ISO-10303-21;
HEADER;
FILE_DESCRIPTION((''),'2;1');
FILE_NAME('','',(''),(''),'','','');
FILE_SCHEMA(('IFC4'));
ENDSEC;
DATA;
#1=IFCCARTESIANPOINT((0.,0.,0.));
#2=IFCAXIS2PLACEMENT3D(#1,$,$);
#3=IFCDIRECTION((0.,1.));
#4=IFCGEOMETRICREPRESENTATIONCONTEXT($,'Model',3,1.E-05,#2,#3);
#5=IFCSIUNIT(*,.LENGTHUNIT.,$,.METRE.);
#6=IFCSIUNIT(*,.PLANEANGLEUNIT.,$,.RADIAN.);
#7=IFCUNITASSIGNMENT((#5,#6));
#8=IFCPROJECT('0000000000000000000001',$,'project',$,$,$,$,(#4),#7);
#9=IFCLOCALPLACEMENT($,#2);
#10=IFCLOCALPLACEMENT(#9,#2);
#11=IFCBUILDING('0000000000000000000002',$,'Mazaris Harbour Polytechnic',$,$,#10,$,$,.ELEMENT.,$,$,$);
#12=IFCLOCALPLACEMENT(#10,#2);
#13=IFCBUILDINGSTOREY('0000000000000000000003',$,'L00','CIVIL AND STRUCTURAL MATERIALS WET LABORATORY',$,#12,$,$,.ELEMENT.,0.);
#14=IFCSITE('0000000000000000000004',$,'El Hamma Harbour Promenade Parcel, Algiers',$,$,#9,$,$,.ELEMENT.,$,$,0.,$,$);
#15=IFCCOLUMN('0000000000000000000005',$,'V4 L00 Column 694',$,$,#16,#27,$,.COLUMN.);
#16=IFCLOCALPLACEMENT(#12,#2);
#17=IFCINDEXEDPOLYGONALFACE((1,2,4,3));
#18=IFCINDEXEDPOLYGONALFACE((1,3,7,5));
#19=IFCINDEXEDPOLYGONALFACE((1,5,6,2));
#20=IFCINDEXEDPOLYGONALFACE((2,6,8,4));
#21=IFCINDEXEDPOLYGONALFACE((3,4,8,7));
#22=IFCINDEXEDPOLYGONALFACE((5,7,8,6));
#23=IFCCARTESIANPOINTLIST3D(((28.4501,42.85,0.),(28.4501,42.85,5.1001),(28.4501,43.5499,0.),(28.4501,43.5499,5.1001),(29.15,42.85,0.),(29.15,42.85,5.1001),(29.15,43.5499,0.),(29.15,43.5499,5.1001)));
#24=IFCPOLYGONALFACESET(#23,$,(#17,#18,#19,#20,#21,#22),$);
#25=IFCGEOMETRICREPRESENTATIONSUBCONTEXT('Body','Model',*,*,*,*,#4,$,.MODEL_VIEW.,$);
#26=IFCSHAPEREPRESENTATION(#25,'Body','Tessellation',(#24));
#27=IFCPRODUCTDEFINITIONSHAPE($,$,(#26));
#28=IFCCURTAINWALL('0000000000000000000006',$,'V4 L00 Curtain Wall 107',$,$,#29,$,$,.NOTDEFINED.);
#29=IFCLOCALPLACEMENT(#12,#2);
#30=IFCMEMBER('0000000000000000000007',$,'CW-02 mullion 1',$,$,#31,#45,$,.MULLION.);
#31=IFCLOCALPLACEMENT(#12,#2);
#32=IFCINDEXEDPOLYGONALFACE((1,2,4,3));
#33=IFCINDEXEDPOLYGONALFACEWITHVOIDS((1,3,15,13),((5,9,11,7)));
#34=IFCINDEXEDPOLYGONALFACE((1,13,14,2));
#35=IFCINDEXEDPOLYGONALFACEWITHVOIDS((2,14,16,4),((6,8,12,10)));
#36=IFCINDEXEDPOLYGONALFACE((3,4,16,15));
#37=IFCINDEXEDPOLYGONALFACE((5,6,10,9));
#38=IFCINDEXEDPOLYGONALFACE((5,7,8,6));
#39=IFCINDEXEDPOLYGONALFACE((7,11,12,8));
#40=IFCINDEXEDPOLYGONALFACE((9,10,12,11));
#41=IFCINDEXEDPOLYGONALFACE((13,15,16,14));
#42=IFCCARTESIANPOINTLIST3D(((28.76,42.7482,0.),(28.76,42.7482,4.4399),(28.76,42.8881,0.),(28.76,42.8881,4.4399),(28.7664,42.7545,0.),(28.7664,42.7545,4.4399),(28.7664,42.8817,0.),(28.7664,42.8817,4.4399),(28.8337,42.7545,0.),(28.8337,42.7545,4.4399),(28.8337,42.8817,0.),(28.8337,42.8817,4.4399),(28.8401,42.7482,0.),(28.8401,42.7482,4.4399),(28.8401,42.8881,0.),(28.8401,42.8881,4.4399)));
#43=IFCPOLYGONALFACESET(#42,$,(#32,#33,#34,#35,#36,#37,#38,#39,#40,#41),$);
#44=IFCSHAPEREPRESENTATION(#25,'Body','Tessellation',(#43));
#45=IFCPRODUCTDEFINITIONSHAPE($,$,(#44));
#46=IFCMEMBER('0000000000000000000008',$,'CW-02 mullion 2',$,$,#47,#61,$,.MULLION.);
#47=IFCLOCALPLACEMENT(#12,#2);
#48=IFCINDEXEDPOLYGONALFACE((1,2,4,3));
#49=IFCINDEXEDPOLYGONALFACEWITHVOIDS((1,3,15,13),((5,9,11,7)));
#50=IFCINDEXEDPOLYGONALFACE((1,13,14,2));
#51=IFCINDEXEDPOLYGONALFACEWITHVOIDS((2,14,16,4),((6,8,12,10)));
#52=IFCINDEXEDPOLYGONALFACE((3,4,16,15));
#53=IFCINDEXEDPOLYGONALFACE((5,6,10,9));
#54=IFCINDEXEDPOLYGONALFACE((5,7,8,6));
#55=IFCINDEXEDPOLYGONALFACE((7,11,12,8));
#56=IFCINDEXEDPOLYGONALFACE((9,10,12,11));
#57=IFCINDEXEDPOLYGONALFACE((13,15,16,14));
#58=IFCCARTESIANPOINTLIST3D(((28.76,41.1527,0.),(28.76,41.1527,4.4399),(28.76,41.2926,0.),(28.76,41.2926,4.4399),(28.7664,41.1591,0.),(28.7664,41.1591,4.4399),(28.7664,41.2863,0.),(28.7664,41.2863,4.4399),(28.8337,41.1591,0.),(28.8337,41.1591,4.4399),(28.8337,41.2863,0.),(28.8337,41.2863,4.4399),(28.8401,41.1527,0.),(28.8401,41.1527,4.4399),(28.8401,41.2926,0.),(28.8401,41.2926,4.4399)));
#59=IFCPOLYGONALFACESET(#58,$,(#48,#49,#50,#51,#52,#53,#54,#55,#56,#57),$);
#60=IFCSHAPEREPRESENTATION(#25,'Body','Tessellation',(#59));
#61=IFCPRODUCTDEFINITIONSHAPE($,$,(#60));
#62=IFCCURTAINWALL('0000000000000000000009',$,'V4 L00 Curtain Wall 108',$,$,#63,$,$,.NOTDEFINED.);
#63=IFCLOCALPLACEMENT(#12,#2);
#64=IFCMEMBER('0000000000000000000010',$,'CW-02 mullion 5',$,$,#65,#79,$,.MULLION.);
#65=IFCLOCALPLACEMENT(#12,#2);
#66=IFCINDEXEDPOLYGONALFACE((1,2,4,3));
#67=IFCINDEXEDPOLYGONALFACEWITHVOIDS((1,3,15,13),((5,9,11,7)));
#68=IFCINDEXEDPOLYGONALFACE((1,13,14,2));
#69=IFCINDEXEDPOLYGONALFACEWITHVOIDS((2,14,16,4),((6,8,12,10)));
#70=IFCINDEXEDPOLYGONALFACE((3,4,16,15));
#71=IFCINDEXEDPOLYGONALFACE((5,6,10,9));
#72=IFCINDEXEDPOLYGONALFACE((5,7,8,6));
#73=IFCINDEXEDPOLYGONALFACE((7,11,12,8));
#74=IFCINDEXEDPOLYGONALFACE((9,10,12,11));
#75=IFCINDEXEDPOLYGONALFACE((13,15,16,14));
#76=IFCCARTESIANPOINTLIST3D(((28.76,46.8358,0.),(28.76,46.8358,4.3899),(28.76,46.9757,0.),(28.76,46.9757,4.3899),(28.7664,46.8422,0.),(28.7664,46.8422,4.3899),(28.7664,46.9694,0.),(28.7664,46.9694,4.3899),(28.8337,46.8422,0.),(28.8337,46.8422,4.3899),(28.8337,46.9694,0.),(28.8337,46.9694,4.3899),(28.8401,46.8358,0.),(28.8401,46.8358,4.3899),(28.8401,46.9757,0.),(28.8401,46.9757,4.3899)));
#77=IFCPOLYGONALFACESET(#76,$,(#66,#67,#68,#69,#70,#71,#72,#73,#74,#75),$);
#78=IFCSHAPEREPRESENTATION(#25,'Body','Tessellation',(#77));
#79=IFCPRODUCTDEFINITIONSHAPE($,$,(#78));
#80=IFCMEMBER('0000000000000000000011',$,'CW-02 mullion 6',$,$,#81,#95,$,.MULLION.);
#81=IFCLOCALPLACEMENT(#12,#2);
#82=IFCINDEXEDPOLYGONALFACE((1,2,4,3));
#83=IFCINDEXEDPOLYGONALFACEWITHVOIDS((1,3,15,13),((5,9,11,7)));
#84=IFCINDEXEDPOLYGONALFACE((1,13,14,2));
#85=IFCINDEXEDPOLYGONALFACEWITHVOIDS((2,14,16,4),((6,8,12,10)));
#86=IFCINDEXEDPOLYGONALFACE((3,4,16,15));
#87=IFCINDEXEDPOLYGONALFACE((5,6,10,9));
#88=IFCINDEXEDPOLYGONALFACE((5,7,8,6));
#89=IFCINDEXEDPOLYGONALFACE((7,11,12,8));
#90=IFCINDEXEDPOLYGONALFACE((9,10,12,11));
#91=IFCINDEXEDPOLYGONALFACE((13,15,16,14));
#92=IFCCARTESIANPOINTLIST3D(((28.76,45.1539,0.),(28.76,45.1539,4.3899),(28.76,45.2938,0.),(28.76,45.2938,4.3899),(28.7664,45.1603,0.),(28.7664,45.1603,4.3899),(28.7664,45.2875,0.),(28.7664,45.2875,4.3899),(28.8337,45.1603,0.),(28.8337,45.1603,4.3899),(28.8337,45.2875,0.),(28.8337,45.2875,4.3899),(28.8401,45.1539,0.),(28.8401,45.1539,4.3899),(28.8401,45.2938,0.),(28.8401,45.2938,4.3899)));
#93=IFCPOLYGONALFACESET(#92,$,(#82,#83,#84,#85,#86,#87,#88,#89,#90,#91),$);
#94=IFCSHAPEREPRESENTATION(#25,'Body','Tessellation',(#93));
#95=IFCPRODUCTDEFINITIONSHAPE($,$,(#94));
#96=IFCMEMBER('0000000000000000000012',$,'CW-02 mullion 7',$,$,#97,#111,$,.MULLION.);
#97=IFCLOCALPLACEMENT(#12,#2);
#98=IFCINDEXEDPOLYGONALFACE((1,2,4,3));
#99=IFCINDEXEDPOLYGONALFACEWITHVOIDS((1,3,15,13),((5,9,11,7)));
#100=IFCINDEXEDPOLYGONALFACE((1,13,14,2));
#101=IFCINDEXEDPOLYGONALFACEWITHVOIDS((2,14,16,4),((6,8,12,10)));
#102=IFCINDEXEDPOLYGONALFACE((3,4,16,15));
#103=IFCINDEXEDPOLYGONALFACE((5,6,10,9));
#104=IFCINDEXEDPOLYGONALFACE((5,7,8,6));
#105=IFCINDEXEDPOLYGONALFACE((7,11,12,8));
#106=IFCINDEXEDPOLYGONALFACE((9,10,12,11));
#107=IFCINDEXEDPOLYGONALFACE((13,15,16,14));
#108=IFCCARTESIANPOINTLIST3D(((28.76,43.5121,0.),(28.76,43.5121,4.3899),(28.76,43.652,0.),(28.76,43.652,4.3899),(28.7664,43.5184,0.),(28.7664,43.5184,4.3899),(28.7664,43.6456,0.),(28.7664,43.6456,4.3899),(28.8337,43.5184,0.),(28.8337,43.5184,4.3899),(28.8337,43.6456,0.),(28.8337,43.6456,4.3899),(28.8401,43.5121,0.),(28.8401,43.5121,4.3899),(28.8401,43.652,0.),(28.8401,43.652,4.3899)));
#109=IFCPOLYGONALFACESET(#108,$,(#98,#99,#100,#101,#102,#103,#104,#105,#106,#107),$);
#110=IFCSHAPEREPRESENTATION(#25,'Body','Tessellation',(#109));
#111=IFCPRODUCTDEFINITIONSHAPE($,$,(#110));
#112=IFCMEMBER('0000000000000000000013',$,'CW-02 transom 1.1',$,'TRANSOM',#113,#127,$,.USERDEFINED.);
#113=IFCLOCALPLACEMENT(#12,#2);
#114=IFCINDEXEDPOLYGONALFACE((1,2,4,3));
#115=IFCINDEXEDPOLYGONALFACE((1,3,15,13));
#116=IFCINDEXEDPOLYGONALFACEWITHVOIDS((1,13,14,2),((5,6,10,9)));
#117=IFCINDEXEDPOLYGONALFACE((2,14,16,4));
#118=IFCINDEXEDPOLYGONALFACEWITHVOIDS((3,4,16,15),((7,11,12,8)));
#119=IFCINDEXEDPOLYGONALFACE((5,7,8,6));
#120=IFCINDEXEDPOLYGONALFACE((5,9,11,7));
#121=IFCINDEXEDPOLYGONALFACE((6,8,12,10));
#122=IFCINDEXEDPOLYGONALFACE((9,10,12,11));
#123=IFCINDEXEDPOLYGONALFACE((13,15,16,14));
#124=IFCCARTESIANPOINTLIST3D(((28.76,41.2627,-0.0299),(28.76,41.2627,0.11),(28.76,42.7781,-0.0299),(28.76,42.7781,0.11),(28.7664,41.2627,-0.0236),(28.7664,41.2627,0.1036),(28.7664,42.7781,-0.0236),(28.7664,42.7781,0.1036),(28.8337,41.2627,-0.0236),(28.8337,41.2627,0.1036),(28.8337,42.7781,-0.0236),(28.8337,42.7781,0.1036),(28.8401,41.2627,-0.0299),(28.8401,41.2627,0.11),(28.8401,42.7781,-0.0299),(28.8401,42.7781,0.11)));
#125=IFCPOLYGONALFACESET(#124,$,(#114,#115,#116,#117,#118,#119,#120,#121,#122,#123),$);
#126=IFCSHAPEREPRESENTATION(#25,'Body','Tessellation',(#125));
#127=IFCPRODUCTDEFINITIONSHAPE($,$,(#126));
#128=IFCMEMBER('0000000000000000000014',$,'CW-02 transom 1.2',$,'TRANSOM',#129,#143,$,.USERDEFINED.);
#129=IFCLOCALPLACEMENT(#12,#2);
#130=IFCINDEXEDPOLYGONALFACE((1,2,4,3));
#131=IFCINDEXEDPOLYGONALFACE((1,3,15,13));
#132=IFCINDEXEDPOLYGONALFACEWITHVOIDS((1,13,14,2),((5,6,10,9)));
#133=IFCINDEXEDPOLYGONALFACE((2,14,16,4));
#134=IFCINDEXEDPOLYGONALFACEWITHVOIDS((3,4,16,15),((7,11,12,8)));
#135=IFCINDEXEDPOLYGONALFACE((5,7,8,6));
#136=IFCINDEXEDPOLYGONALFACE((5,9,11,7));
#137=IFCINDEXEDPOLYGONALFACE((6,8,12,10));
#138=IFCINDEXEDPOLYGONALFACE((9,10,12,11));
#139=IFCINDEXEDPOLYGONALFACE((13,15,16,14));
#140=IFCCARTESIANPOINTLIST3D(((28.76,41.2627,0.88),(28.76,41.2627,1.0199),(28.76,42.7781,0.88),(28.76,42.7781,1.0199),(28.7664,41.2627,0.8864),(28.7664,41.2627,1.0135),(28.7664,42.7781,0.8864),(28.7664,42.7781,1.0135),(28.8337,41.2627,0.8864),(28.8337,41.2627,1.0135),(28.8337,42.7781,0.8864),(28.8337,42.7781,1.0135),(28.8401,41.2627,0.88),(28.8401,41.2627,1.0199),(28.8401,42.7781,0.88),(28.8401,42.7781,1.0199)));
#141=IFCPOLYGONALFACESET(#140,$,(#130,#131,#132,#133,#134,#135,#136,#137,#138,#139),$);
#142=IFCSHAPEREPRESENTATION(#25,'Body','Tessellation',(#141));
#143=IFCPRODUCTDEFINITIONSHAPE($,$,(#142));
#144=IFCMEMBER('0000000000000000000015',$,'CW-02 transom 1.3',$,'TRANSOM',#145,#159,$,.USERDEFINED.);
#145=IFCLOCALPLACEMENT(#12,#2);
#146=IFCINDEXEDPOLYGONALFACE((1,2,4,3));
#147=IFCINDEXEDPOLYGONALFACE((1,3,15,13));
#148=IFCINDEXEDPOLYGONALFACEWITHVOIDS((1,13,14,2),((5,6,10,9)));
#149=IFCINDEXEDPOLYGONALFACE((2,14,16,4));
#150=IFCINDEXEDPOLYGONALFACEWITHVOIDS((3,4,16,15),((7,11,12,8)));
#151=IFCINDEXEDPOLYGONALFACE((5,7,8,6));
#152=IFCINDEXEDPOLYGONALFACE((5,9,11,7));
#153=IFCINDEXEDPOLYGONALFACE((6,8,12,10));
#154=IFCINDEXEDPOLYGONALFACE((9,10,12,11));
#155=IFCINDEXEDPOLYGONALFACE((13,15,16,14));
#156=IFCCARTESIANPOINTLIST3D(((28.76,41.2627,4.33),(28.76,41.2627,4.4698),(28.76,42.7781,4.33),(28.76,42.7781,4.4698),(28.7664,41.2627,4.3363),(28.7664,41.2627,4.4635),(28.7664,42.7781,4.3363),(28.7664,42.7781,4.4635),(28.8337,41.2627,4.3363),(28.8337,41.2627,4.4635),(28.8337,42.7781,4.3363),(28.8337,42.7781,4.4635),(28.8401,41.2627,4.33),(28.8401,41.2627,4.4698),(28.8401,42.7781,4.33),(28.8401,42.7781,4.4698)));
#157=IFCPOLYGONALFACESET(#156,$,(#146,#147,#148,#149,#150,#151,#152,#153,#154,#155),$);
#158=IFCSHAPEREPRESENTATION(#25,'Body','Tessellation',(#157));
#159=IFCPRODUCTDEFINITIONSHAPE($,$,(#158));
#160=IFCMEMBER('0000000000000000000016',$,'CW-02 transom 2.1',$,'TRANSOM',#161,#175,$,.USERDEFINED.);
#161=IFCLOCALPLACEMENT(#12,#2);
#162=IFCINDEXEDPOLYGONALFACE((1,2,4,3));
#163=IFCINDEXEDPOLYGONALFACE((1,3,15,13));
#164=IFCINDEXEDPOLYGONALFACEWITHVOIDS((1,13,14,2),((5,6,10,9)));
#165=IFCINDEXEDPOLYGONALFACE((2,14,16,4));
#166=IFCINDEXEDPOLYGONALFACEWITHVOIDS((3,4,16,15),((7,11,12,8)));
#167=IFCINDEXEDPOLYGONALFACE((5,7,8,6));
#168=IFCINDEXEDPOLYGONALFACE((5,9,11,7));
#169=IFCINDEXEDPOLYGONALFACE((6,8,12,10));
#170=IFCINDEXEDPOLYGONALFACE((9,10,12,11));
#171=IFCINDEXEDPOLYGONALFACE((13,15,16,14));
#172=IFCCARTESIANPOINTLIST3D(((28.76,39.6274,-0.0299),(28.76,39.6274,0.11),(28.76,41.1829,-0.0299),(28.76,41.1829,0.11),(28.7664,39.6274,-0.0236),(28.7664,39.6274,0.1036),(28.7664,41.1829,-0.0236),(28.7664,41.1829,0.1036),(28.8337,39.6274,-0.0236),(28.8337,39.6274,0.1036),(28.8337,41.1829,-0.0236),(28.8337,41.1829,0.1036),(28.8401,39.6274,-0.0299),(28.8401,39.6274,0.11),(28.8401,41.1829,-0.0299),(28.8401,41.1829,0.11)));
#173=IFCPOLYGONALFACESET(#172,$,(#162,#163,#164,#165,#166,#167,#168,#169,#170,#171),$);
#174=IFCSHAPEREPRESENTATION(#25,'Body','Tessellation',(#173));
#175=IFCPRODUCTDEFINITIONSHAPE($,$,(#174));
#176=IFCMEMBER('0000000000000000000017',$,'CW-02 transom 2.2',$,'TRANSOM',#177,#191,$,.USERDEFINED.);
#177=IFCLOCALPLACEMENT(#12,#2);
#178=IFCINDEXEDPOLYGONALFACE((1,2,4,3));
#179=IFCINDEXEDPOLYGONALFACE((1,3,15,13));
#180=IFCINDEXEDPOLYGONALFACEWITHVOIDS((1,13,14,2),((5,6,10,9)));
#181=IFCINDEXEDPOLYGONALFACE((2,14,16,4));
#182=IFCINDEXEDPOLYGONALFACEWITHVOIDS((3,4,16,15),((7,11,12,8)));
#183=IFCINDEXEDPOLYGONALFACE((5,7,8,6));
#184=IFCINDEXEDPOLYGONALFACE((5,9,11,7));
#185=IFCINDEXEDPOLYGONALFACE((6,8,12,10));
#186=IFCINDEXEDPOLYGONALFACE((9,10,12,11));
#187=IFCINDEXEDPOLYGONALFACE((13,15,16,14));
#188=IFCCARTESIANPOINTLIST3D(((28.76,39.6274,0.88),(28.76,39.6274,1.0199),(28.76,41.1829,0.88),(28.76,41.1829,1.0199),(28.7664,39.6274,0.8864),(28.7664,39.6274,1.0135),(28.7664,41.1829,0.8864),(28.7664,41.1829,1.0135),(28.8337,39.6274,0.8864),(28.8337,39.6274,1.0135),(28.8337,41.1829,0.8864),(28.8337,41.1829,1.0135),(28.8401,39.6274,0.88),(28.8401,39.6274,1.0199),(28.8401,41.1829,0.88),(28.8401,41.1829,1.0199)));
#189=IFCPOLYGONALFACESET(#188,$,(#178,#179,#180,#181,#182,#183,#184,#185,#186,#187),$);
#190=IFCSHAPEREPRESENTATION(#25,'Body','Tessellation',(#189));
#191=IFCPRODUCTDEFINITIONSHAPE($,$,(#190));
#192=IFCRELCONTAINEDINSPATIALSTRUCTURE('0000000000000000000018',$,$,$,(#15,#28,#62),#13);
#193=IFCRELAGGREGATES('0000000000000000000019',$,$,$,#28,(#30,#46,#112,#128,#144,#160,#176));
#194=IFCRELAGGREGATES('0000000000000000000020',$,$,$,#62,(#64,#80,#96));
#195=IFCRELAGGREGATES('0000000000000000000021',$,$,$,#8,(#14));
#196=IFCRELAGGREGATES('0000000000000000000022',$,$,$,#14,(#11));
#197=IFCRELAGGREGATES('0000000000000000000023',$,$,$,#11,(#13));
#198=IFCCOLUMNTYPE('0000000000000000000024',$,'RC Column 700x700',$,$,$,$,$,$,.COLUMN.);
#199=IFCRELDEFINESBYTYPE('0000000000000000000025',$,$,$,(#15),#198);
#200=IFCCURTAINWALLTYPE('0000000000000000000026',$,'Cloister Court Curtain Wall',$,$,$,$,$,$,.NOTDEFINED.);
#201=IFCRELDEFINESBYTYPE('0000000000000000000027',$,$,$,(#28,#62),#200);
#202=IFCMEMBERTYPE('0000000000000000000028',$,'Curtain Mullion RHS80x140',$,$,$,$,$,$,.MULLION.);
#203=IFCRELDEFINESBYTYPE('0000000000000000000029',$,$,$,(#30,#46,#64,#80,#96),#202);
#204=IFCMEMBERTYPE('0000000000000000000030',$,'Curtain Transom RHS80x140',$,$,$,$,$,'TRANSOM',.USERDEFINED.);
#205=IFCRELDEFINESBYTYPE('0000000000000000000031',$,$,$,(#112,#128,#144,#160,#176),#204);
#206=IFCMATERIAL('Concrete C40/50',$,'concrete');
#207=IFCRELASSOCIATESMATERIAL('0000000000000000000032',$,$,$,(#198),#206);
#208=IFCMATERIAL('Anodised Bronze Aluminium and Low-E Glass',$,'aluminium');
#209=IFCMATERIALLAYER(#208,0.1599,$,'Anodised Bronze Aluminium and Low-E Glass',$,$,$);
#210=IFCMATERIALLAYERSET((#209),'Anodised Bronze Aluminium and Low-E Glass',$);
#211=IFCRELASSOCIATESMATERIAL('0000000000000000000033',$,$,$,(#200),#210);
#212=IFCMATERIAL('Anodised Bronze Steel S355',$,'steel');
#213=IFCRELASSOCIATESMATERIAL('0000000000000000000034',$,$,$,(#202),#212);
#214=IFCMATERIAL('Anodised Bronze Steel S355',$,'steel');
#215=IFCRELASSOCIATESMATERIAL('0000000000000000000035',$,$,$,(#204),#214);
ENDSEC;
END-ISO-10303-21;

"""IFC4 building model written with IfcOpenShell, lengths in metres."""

from ifc_helpers import new_model, si_unit, direction, frame, origin, origin_2d, place, context, subcontext, project, spatial, rectangle, hollow_rectangle, extrude, material, layer, layer_set, material_profile, profile_set, type_object, element, aggregate, save


model = new_model("IFC4")

# Units and contexts
model_context = context("Model", 3, precision=1e-05, world=origin(), true_north=direction((0.0, 1.0)))
body_context = subcontext(model_context, "Body", "Model", "MODEL_VIEW")
ifc_project = project(units=[si_unit("LENGTHUNIT", "METRE"), si_unit("PLANEANGLEUNIT", "RADIAN")], contexts=[model_context])

# Site, building, storey
site_placement = place(None, origin())
site = spatial("IfcSite", under=ifc_project, at=site_placement, Name="El Hamma Harbour Promenade Parcel, Algiers", CompositionType="ELEMENT", RefElevation=0.0)
building_placement = place(site_placement, origin())
building = spatial("IfcBuilding", under=site, at=building_placement, Name="Mazaris Harbour Polytechnic", CompositionType="ELEMENT")
storey_placement = place(building_placement, origin())
storey = spatial("IfcBuildingStorey", under=building, at=storey_placement, Name="L00", Description="CIVIL AND STRUCTURAL MATERIALS WET LABORATORY", CompositionType="ELEMENT", Elevation=0.0)

# Column
ifc_material_1 = material(Name="Concrete C40/50", Category="concrete")
ifc_material_profile_1 = material_profile(ifc_material_1, rectangle(XDim=0.7, YDim=0.7, at=origin_2d()), Name="RECT700x700")
ifc_profile_set_1 = profile_set([ifc_material_profile_1], Name="Concrete C40/50")
column_type = type_object("IfcColumnType", Name="RC Column 700x700", PredefinedType="COLUMN", material=ifc_profile_set_1)
column_placement = place(storey_placement, frame((28.8, 43.2, 0.0), z_axis=(0.0, 0.0, 1.0), x_axis=(1.0, 0.0, 0.0)))
element("IfcColumn", 1, at=column_placement, inside=storey, type_object=column_type, Name="V4 L00 Column 694", PredefinedType="COLUMN", context=body_context, shape_type="SweptSolid", body=[
    extrude(rectangle(XDim=0.7, YDim=0.7, at=origin_2d()), origin(), (0.0, 0.0, 1.0), 5.1001),
])

# Curtain walls, members
ifc_material_2 = material(Name="Anodised Bronze Aluminium and Low-E Glass", Category="aluminium")
ifc_layer_1 = layer(ifc_material_2, 0.1599, Name="Anodised Bronze Aluminium and Low-E Glass")
ifc_layer_set_1 = layer_set([ifc_layer_1], Name="Anodised Bronze Aluminium and Low-E Glass")
curtain_wall_type = type_object("IfcCurtainWallType", Name="Cloister Court Curtain Wall", PredefinedType="NOTDEFINED", material=ifc_layer_set_1)
curtain_wall_1_placement = place(storey_placement, origin())
curtain_wall_1 = element("IfcCurtainWall", 2, at=curtain_wall_1_placement, inside=storey, type_object=curtain_wall_type, Name="V4 L00 Curtain Wall 107", PredefinedType="NOTDEFINED")
ifc_material_3 = material(Name="Anodised Bronze Steel S355", Category="steel")
ifc_material_profile_2 = material_profile(ifc_material_3, hollow_rectangle(XDim=0.0801, YDim=0.1399, WallThickness=0.0063, at=origin_2d()), Name="RHS 80x140x6.3")
ifc_profile_set_2 = profile_set([ifc_material_profile_2], Name="Anodised Bronze Steel S355")
member_type_1 = type_object("IfcMemberType", Name="Curtain Mullion RHS80x140", PredefinedType="MULLION", material=ifc_profile_set_2)
member_1_placement = place(storey_placement, frame((28.8, 42.8181, 0.0), z_axis=(0.0, 0.0, 1.0), x_axis=(1.0, 0.0, 0.0)))
member_1 = element("IfcMember", 3, at=member_1_placement, type_object=member_type_1, Name="CW-02 mullion 1", PredefinedType="MULLION", context=body_context, shape_type="SweptSolid", body=[
    extrude(hollow_rectangle(XDim=0.0801, YDim=0.1399, WallThickness=0.0063, at=origin_2d()), origin(), (0.0, 0.0, 1.0), 4.4399),
])
member_2_placement = place(storey_placement, frame((28.8, 41.2227, 0.0), z_axis=(0.0, 0.0, 1.0), x_axis=(1.0, 0.0, 0.0)))
member_2 = element("IfcMember", 4, at=member_2_placement, type_object=member_type_1, Name="CW-02 mullion 2", PredefinedType="MULLION", context=body_context, shape_type="SweptSolid", body=[
    extrude(hollow_rectangle(XDim=0.0801, YDim=0.1399, WallThickness=0.0063, at=origin_2d()), origin(), (0.0, 0.0, 1.0), 4.4399),
])
curtain_wall_2_placement = place(storey_placement, origin())
curtain_wall_2 = element("IfcCurtainWall", 5, at=curtain_wall_2_placement, inside=storey, type_object=curtain_wall_type, Name="V4 L00 Curtain Wall 108", PredefinedType="NOTDEFINED")
member_3_placement = place(storey_placement, frame((28.8, 46.9058, 0.0), z_axis=(0.0, 0.0, 1.0), x_axis=(1.0, 0.0, 0.0)))
member_3 = element("IfcMember", 6, at=member_3_placement, type_object=member_type_1, Name="CW-02 mullion 5", PredefinedType="MULLION", context=body_context, shape_type="SweptSolid", body=[
    extrude(hollow_rectangle(XDim=0.0801, YDim=0.1399, WallThickness=0.0063, at=origin_2d()), origin(), (0.0, 0.0, 1.0), 4.3899),
])
member_4_placement = place(storey_placement, frame((28.8, 45.2239, 0.0), z_axis=(0.0, 0.0, 1.0), x_axis=(1.0, 0.0, 0.0)))
member_4 = element("IfcMember", 7, at=member_4_placement, type_object=member_type_1, Name="CW-02 mullion 6", PredefinedType="MULLION", context=body_context, shape_type="SweptSolid", body=[
    extrude(hollow_rectangle(XDim=0.0801, YDim=0.1399, WallThickness=0.0063, at=origin_2d()), origin(), (0.0, 0.0, 1.0), 4.3899),
])
member_5_placement = place(storey_placement, frame((28.8, 43.582, 0.0), z_axis=(0.0, 0.0, 1.0), x_axis=(1.0, 0.0, 0.0)))
member_5 = element("IfcMember", 8, at=member_5_placement, type_object=member_type_1, Name="CW-02 mullion 7", PredefinedType="MULLION", context=body_context, shape_type="SweptSolid", body=[
    extrude(hollow_rectangle(XDim=0.0801, YDim=0.1399, WallThickness=0.0063, at=origin_2d()), origin(), (0.0, 0.0, 1.0), 4.3899),
])

# Members
ifc_material_4 = material(Name="Anodised Bronze Steel S355", Category="steel")
ifc_material_profile_3 = material_profile(ifc_material_4, hollow_rectangle(XDim=0.0801, YDim=0.1399, WallThickness=0.0063, at=origin_2d()), Name="RHS 80x140x6.3")
ifc_profile_set_3 = profile_set([ifc_material_profile_3], Name="Anodised Bronze Steel S355")
member_type_2 = type_object("IfcMemberType", Name="Curtain Transom RHS80x140", ElementType="TRANSOM", PredefinedType="USERDEFINED", material=ifc_profile_set_3)
member_6_placement = place(storey_placement, frame((28.8, 42.7781, 0.04), z_axis=(0.0, -1.0, 0.0), x_axis=(1.0, 0.0, 0.0)))
member_6 = element("IfcMember", 9, at=member_6_placement, type_object=member_type_2, Name="CW-02 transom 1.1", ObjectType="TRANSOM", PredefinedType="USERDEFINED", context=body_context, shape_type="SweptSolid", body=[
    extrude(hollow_rectangle(XDim=0.0801, YDim=0.1399, WallThickness=0.0063, at=origin_2d()), origin(), (0.0, 0.0, 1.0), 1.5154),
])
member_7_placement = place(storey_placement, frame((28.8, 42.7781, 0.95), z_axis=(0.0, -1.0, 0.0), x_axis=(1.0, 0.0, 0.0)))
member_7 = element("IfcMember", 10, at=member_7_placement, type_object=member_type_2, Name="CW-02 transom 1.2", ObjectType="TRANSOM", PredefinedType="USERDEFINED", context=body_context, shape_type="SweptSolid", body=[
    extrude(hollow_rectangle(XDim=0.0801, YDim=0.1399, WallThickness=0.0063, at=origin_2d()), origin(), (0.0, 0.0, 1.0), 1.5154),
])
member_8_placement = place(storey_placement, frame((28.8, 42.7781, 4.3999), z_axis=(0.0, -1.0, 0.0), x_axis=(1.0, 0.0, 0.0)))
member_8 = element("IfcMember", 11, at=member_8_placement, type_object=member_type_2, Name="CW-02 transom 1.3", ObjectType="TRANSOM", PredefinedType="USERDEFINED", context=body_context, shape_type="SweptSolid", body=[
    extrude(hollow_rectangle(XDim=0.0801, YDim=0.1399, WallThickness=0.0063, at=origin_2d()), origin(), (0.0, 0.0, 1.0), 1.5154),
])
member_9_placement = place(storey_placement, frame((28.8, 41.1829, 0.04), z_axis=(0.0, -1.0, 0.0), x_axis=(1.0, 0.0, 0.0)))
member_9 = element("IfcMember", 12, at=member_9_placement, type_object=member_type_2, Name="CW-02 transom 2.1", ObjectType="TRANSOM", PredefinedType="USERDEFINED", context=body_context, shape_type="SweptSolid", body=[
    extrude(hollow_rectangle(XDim=0.0801, YDim=0.1399, WallThickness=0.0063, at=origin_2d()), origin(), (0.0, 0.0, 1.0), 1.5554),
])
member_10_placement = place(storey_placement, frame((28.8, 41.1829, 0.95), z_axis=(0.0, -1.0, 0.0), x_axis=(1.0, 0.0, 0.0)))
member_10 = element("IfcMember", 13, at=member_10_placement, type_object=member_type_2, Name="CW-02 transom 2.2", ObjectType="TRANSOM", PredefinedType="USERDEFINED", context=body_context, shape_type="SweptSolid", body=[
    extrude(hollow_rectangle(XDim=0.0801, YDim=0.1399, WallThickness=0.0063, at=origin_2d()), origin(), (0.0, 0.0, 1.0), 1.5554),
])

aggregate(curtain_wall_1, [member_1, member_2, member_6, member_7, member_8, member_9, member_10])
aggregate(curtain_wall_2, [member_3, member_4, member_5])

save(model, "model.ifc")
